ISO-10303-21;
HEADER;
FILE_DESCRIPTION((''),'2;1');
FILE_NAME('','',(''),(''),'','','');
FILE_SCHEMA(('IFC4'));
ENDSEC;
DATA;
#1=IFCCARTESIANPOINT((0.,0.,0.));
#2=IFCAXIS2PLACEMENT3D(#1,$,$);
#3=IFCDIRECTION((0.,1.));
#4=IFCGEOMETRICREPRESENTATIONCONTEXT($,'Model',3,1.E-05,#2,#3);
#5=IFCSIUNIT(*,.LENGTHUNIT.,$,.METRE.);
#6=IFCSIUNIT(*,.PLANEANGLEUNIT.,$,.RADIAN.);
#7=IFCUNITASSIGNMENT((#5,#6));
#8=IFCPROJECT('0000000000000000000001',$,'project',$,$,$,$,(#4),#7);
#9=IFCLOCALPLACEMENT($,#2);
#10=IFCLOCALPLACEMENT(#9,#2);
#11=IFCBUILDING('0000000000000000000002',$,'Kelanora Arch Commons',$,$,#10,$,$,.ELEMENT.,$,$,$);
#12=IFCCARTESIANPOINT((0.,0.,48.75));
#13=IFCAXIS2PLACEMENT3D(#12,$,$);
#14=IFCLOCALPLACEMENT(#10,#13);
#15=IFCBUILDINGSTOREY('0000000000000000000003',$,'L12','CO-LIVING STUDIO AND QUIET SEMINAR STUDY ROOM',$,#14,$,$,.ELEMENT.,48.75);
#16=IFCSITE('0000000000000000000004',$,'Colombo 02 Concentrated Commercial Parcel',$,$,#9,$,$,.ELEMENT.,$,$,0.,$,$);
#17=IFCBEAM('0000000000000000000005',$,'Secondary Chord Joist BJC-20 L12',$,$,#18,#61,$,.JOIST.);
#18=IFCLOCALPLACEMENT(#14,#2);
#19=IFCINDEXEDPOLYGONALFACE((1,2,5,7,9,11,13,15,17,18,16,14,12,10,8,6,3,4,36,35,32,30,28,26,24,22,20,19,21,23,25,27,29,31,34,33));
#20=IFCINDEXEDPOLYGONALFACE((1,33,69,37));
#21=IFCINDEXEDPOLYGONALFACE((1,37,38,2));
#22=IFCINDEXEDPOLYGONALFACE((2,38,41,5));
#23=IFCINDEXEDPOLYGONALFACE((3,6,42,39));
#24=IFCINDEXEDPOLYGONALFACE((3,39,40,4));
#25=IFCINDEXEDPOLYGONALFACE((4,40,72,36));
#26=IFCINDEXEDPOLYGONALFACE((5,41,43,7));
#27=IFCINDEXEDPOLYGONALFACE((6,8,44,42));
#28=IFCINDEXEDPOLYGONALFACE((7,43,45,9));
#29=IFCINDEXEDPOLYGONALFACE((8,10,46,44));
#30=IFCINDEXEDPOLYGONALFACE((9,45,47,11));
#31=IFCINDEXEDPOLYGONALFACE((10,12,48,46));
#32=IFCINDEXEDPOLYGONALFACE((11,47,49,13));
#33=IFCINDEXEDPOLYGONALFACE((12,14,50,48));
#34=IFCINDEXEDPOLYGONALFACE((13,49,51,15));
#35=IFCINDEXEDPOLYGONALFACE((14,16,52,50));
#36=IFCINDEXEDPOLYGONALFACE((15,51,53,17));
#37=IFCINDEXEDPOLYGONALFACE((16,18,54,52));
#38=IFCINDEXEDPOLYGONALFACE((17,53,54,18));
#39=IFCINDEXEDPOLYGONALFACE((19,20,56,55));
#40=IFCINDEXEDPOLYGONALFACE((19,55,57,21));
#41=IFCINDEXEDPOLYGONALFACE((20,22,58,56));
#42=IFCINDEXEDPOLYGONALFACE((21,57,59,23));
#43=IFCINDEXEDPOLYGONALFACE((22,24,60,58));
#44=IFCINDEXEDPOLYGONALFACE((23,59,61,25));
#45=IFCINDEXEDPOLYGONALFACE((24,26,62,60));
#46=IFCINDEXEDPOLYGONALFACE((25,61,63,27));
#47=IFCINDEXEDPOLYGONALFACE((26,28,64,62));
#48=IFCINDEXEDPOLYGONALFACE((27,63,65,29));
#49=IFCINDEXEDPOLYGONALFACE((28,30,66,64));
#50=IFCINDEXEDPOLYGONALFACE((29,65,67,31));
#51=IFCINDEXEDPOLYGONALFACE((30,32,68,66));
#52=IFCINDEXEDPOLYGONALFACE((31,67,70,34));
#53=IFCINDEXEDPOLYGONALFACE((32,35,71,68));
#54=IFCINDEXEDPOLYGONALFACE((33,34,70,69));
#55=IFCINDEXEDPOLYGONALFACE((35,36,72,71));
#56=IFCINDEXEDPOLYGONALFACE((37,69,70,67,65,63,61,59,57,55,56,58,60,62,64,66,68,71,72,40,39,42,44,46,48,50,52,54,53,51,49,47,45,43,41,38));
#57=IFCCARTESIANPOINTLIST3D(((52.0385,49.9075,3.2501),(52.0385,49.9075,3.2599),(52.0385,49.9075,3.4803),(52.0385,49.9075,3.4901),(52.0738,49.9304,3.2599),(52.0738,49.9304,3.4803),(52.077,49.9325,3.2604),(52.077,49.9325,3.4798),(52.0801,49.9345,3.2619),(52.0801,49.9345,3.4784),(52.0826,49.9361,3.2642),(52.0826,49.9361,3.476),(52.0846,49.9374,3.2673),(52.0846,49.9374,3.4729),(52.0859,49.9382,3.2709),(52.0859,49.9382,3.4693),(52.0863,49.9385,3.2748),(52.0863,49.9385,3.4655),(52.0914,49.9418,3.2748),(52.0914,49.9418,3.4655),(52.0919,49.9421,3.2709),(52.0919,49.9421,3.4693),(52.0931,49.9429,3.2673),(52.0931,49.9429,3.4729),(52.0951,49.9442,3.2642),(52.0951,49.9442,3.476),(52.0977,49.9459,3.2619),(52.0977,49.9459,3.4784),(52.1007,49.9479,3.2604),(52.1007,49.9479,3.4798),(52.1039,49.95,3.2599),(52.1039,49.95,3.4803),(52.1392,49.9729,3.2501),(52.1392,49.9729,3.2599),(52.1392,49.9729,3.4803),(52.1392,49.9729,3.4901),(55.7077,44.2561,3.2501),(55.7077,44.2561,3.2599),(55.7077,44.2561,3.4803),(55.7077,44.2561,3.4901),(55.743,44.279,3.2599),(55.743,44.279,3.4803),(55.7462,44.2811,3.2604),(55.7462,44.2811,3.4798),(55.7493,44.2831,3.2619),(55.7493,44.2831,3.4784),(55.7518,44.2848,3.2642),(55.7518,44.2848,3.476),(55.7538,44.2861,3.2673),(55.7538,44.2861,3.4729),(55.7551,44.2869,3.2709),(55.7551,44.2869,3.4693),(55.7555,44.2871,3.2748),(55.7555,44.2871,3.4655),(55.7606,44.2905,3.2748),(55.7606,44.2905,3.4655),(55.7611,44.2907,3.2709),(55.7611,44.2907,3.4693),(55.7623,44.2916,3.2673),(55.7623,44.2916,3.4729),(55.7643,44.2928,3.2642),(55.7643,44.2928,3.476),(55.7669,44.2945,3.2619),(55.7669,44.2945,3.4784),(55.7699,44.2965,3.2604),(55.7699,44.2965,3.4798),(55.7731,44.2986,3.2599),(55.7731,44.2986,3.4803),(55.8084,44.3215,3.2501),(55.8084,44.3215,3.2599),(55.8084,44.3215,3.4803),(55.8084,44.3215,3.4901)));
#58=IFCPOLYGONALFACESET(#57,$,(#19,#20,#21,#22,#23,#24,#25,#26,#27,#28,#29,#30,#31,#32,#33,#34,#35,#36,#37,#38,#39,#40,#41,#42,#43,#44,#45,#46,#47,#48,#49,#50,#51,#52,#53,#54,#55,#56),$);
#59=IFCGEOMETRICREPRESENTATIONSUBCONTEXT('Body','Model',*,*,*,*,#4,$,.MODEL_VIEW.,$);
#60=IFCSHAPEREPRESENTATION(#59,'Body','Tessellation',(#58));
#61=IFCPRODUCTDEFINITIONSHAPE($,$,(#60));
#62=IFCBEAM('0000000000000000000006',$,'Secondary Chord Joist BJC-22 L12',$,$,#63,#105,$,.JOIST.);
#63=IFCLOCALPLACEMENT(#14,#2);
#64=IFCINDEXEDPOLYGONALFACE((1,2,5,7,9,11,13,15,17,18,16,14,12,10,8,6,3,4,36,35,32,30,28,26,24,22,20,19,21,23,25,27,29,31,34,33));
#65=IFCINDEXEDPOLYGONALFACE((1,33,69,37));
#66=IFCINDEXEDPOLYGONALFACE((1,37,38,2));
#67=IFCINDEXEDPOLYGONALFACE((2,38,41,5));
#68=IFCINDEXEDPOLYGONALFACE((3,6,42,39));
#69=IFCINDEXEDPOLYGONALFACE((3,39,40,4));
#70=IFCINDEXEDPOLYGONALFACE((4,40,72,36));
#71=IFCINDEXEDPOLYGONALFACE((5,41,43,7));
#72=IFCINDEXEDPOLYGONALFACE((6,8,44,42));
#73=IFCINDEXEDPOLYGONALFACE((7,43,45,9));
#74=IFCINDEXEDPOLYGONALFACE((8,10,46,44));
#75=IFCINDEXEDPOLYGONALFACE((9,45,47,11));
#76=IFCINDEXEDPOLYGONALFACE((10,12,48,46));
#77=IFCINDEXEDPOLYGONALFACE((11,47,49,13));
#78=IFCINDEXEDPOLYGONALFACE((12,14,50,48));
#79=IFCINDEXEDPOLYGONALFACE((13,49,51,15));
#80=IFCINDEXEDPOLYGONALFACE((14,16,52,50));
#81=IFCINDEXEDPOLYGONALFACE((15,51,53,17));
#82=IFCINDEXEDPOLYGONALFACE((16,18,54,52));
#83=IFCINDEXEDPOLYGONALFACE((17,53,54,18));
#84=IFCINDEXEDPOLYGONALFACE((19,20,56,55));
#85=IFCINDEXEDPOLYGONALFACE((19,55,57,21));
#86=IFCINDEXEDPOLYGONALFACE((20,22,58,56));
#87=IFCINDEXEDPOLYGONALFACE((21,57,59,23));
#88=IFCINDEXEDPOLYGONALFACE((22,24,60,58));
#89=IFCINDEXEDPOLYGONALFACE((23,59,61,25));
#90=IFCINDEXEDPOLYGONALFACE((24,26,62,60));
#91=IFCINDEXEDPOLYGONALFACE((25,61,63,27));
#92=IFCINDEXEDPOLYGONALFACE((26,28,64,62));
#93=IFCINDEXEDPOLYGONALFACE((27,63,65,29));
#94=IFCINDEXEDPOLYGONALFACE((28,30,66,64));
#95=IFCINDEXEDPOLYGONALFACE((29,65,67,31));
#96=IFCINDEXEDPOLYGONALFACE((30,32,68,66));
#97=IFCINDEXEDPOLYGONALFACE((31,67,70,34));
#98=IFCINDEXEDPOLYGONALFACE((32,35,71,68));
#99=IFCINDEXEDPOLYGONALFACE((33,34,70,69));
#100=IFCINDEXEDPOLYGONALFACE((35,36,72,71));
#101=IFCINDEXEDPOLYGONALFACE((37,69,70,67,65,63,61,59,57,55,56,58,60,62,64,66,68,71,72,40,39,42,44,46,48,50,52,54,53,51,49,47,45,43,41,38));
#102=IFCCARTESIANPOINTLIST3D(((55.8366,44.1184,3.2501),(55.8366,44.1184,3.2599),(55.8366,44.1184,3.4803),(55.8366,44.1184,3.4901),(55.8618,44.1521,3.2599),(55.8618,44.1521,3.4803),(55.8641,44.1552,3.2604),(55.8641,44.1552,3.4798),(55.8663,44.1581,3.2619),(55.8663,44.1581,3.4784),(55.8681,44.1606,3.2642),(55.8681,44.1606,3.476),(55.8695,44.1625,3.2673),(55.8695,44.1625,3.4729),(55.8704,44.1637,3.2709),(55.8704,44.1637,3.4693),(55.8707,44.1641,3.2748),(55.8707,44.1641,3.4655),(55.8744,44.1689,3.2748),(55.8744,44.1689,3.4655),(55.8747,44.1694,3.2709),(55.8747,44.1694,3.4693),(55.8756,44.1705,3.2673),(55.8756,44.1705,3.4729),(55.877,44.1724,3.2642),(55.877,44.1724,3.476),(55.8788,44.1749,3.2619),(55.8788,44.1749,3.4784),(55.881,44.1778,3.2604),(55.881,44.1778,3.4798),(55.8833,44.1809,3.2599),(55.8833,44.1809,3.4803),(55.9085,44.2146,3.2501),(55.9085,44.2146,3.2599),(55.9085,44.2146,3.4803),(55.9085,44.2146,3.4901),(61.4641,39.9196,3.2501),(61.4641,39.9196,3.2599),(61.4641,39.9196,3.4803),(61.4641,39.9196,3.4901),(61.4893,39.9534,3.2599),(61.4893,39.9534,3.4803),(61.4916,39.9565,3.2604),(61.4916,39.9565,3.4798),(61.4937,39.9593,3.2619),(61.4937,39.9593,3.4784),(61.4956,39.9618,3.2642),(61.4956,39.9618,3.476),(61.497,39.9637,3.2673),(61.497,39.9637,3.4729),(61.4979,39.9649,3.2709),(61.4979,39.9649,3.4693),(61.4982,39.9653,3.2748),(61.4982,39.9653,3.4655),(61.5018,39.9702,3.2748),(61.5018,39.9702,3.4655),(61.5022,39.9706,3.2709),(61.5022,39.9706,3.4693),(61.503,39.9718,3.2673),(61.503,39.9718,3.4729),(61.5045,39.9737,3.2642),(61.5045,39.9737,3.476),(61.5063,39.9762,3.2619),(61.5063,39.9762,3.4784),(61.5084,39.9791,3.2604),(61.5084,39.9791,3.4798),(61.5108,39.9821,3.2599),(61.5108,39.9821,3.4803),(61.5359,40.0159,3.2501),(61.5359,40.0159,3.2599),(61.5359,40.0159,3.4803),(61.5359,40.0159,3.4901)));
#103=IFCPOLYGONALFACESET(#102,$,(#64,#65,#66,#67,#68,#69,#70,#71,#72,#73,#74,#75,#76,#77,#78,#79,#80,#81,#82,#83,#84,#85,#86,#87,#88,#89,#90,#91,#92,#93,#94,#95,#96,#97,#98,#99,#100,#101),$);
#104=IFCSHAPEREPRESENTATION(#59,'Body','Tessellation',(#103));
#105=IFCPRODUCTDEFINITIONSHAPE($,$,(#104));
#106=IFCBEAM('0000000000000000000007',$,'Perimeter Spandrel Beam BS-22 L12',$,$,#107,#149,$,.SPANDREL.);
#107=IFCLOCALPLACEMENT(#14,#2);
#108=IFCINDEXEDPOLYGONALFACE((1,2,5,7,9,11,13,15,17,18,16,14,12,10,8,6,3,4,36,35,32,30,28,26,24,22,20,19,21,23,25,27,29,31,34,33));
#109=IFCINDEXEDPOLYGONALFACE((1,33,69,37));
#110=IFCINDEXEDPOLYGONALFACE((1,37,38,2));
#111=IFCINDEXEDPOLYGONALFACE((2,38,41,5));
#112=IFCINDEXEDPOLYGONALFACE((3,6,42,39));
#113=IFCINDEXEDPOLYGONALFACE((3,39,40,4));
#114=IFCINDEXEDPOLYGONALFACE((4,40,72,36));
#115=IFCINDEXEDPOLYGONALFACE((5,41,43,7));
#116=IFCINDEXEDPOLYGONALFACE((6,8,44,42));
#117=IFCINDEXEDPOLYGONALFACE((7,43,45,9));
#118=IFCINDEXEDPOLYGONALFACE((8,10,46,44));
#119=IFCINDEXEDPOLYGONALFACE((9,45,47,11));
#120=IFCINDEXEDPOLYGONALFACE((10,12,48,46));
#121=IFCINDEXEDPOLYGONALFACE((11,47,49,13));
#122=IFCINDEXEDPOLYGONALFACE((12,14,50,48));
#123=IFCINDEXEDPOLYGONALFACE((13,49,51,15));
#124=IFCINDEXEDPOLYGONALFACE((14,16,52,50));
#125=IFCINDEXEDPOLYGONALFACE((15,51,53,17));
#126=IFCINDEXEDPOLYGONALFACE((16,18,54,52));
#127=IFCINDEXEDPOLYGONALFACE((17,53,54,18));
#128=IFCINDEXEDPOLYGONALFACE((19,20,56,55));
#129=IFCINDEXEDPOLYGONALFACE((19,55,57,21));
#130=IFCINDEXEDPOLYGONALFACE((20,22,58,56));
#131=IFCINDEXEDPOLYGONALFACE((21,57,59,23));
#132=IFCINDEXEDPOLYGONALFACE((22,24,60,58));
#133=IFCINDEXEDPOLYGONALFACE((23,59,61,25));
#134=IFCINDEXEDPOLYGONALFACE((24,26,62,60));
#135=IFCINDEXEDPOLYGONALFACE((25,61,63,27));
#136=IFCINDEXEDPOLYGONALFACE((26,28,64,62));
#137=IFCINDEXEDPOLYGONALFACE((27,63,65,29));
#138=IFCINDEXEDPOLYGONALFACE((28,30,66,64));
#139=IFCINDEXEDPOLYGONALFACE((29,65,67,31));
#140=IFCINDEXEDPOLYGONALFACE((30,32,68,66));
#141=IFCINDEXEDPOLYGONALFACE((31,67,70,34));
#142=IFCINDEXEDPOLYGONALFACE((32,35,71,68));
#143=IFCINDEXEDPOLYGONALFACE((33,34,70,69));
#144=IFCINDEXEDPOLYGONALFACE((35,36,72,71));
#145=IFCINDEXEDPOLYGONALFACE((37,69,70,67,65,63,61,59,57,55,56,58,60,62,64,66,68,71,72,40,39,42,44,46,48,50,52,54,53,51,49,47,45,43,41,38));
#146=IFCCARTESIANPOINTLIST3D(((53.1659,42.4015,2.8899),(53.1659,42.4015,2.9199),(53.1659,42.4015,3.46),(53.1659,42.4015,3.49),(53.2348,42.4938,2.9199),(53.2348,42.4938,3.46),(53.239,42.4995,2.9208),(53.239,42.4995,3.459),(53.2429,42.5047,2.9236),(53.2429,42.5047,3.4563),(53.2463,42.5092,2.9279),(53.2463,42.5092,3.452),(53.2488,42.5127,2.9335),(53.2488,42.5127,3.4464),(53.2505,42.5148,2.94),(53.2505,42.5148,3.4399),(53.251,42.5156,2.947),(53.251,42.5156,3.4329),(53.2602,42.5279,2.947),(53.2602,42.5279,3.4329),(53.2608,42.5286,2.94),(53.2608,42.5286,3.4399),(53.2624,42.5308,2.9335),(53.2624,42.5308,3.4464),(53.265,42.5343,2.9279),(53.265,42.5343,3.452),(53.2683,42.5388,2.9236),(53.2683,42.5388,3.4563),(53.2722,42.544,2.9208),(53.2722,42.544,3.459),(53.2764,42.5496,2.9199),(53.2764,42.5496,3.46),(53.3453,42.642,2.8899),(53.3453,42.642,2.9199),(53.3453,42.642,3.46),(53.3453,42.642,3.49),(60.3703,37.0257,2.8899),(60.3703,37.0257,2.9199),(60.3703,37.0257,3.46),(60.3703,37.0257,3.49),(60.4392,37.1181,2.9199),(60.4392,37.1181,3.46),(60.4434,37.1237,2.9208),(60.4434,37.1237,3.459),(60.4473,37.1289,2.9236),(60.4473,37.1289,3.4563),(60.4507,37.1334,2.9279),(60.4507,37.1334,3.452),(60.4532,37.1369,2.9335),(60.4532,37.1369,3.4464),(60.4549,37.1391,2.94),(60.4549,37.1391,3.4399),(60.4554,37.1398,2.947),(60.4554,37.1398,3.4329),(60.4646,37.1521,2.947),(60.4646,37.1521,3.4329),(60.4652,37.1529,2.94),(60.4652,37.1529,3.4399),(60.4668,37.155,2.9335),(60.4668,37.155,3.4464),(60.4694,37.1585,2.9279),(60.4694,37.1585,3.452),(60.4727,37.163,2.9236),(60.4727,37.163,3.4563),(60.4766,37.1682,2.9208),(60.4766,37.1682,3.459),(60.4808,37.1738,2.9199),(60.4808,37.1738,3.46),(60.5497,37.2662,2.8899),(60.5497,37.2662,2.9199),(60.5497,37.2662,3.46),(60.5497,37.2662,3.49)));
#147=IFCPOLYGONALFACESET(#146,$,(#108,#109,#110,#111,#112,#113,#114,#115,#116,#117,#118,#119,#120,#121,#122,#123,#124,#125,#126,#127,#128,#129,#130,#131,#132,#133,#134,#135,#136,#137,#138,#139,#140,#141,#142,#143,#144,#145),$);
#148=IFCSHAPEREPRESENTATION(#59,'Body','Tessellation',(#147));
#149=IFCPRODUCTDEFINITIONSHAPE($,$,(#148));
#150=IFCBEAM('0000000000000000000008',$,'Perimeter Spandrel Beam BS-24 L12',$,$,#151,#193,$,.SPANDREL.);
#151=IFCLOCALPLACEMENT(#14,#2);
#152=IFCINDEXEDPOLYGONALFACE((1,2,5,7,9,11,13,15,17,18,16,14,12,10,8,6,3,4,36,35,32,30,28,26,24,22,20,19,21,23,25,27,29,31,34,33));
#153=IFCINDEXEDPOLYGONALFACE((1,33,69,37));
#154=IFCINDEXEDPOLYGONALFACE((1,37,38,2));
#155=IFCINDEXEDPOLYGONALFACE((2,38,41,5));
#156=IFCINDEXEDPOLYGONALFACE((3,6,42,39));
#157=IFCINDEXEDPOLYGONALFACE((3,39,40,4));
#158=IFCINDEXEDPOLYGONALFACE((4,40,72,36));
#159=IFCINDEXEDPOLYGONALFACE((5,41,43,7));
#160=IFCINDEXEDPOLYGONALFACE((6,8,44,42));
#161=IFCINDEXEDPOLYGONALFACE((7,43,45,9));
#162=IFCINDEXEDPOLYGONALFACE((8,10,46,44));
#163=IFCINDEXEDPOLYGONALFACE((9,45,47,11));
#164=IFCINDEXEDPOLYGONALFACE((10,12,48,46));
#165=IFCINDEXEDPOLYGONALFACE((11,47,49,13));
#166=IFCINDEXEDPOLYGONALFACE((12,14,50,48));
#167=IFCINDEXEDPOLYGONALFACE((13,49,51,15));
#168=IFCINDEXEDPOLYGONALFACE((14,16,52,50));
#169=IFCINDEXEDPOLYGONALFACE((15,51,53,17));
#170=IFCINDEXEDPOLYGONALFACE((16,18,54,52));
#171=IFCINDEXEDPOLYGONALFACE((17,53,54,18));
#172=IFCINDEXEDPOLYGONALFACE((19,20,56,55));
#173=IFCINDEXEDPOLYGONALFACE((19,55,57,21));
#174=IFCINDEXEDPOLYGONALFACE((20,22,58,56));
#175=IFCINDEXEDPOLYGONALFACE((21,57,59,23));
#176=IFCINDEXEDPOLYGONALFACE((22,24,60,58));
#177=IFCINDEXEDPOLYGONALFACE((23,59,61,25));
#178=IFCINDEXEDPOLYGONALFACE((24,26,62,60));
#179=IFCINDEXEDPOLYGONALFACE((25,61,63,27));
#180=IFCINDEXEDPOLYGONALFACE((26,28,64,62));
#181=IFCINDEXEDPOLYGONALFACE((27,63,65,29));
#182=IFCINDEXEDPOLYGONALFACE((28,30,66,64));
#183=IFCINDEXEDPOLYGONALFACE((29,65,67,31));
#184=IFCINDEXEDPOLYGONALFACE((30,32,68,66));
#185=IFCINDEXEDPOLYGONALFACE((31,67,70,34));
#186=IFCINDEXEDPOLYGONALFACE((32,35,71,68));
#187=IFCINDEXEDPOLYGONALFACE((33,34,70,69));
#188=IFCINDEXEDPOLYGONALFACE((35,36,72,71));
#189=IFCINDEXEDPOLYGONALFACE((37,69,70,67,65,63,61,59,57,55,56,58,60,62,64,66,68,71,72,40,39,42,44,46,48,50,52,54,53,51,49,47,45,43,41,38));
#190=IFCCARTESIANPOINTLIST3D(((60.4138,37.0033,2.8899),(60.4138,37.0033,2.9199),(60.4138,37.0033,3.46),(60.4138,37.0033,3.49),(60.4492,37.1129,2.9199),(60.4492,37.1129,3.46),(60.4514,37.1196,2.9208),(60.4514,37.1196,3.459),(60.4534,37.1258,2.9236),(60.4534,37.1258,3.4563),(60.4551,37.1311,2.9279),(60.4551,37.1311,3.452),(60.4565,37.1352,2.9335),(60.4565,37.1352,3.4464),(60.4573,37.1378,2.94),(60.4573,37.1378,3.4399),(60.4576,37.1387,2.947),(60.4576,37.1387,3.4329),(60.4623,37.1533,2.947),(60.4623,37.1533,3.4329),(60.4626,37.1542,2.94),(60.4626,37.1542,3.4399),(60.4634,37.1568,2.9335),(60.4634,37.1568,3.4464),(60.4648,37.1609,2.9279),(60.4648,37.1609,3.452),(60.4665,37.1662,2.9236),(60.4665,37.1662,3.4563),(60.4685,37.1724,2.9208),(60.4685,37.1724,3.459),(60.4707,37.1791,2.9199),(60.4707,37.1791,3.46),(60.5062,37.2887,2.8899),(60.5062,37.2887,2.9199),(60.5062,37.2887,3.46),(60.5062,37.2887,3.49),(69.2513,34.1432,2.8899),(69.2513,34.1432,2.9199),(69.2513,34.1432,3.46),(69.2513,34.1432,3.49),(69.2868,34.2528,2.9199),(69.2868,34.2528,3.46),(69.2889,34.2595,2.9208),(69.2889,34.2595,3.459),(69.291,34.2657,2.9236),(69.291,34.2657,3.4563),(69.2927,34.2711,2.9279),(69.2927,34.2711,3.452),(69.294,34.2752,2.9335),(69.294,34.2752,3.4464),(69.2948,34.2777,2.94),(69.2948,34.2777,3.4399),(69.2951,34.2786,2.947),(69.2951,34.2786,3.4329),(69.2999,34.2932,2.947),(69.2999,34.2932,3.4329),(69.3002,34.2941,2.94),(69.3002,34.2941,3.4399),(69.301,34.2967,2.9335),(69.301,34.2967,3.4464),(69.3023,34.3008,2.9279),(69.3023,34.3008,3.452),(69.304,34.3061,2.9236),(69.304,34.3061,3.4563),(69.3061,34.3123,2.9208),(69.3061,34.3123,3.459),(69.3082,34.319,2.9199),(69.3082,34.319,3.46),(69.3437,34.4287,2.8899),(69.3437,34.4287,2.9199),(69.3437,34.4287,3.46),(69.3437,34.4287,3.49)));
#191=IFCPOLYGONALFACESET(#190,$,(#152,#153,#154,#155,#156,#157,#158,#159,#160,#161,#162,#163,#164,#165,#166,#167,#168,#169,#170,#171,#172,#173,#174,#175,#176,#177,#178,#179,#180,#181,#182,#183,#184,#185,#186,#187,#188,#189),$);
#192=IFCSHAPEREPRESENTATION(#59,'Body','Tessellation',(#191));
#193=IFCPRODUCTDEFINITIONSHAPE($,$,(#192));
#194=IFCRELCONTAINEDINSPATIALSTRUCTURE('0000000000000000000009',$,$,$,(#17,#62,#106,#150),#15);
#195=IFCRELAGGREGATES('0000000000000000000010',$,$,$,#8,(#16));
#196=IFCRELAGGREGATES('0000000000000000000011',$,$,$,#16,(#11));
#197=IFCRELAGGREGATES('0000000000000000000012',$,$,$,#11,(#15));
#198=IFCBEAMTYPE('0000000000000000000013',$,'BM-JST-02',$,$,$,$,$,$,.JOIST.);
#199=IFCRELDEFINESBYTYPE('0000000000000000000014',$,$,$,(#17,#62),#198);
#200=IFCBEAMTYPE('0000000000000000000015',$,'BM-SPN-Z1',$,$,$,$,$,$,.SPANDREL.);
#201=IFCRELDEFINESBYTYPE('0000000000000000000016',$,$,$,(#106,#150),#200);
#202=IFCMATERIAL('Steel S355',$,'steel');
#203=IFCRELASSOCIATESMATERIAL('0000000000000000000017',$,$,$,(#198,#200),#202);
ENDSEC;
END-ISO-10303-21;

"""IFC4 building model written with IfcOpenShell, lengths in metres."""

from ifc_helpers import new_model, si_unit, direction, frame, origin, origin_2d, place, context, subcontext, project, spatial, i_section, extrude, material, material_profile, profile_set, type_object, element, save


model = new_model("IFC4")

# Units and contexts
model_context = context("Model", 3, precision=1e-05, world=origin(), true_north=direction((0.0, 1.0)))
body_context = subcontext(model_context, "Body", "Model", "MODEL_VIEW")
ifc_project = project(units=[si_unit("LENGTHUNIT", "METRE"), si_unit("PLANEANGLEUNIT", "RADIAN")], contexts=[model_context])

# Site, building, storey
site_placement = place(None, origin())
site = spatial("IfcSite", under=ifc_project, at=site_placement, Name="Colombo 02 Concentrated Commercial Parcel", CompositionType="ELEMENT", RefElevation=0.0)
building_placement = place(site_placement, origin())
building = spatial("IfcBuilding", under=site, at=building_placement, Name="Kelanora Arch Commons", CompositionType="ELEMENT")
storey_placement = place(building_placement, frame((0.0, 0.0, 48.75)))
storey = spatial("IfcBuildingStorey", under=building, at=storey_placement, Name="L12", Description="CO-LIVING STUDIO AND QUIET SEMINAR STUDY ROOM", CompositionType="ELEMENT", Elevation=48.75)

# Beams
ifc_material_1 = material(Name="Steel S355", Category="steel")
ifc_material_profile_1 = material_profile(ifc_material_1, i_section(OverallWidth=0.1201, OverallDepth=0.24, WebThickness=0.0061, FlangeThickness=0.0098, FilletRadius=0.0149, at=origin_2d()), Name="IPE240")
ifc_profile_set_1 = profile_set([ifc_material_profile_1], Name="Steel S355")
beam_type_1 = type_object("IfcBeamType", Name="BM-JST-02", PredefinedType="JOIST", material=ifc_profile_set_1)
beam_1_placement = place(storey_placement, frame((52.0889, 49.9402, 3.3701), z_axis=(0.54455, -0.838728, 0.0), x_axis=(0.838728, 0.54455, 0.0)))
element("IfcBeam", 1, at=beam_1_placement, inside=storey, type_object=beam_type_1, Name="Secondary Chord Joist BJC-20 L12", PredefinedType="JOIST", context=body_context, shape_type="SweptSolid", body=[
    extrude(i_section(OverallWidth=0.1201, OverallDepth=0.24, WebThickness=0.0061, FlangeThickness=0.0098, FilletRadius=0.0149, at=origin_2d()), origin(), (0.0, 0.0, 1.0), 6.738),
])
beam_2_placement = place(storey_placement, frame((55.8726, 44.1665, 3.3701), z_axis=(0.801491, -0.598006, 0.0), x_axis=(0.598006, 0.801491, 0.0)))
element("IfcBeam", 2, at=beam_2_placement, inside=storey, type_object=beam_type_1, Name="Secondary Chord Joist BJC-22 L12", PredefinedType="JOIST", context=body_context, shape_type="SweptSolid", body=[
    extrude(i_section(OverallWidth=0.1201, OverallDepth=0.24, WebThickness=0.0061, FlangeThickness=0.0098, FilletRadius=0.0149, at=origin_2d()), origin(), (0.0, 0.0, 1.0), 7.0212),
])
ifc_material_profile_2 = material_profile(ifc_material_1, i_section(OverallWidth=0.3, OverallDepth=0.6001, WebThickness=0.0154, FlangeThickness=0.03, FilletRadius=0.0271, at=origin_2d()), Name="HEB600")
ifc_profile_set_2 = profile_set([ifc_material_profile_2], Name="Steel S355")
beam_type_2 = type_object("IfcBeamType", Name="BM-SPN-Z1", PredefinedType="SPANDREL", material=ifc_profile_set_2)
beam_3_placement = place(storey_placement, frame((53.2556, 42.5217, 3.1899), z_axis=(0.801468, -0.598038, 0.0), x_axis=(0.598038, 0.801468, 0.0)))
element("IfcBeam", 3, at=beam_3_placement, inside=storey, type_object=beam_type_2, Name="Perimeter Spandrel Beam BS-22 L12", PredefinedType="SPANDREL", context=body_context, shape_type="SweptSolid", body=[
    extrude(i_section(OverallWidth=0.3, OverallDepth=0.6001, WebThickness=0.0154, FlangeThickness=0.03, FilletRadius=0.0271, at=origin_2d()), origin(), (0.0, 0.0, 1.0), 8.989),
])
beam_4_placement = place(storey_placement, frame((60.46, 37.146, 3.1899), z_axis=(0.951417, -0.307905, 0.0), x_axis=(0.307905, 0.951417, 0.0)))
element("IfcBeam", 4, at=beam_4_placement, inside=storey, type_object=beam_type_2, Name="Perimeter Spandrel Beam BS-24 L12", PredefinedType="SPANDREL", context=body_context, shape_type="SweptSolid", body=[
    extrude(i_section(OverallWidth=0.3, OverallDepth=0.6001, WebThickness=0.0154, FlangeThickness=0.03, FilletRadius=0.0271, at=origin_2d()), origin(), (0.0, 0.0, 1.0), 9.2888),
])

save(model, "model.ifc")
